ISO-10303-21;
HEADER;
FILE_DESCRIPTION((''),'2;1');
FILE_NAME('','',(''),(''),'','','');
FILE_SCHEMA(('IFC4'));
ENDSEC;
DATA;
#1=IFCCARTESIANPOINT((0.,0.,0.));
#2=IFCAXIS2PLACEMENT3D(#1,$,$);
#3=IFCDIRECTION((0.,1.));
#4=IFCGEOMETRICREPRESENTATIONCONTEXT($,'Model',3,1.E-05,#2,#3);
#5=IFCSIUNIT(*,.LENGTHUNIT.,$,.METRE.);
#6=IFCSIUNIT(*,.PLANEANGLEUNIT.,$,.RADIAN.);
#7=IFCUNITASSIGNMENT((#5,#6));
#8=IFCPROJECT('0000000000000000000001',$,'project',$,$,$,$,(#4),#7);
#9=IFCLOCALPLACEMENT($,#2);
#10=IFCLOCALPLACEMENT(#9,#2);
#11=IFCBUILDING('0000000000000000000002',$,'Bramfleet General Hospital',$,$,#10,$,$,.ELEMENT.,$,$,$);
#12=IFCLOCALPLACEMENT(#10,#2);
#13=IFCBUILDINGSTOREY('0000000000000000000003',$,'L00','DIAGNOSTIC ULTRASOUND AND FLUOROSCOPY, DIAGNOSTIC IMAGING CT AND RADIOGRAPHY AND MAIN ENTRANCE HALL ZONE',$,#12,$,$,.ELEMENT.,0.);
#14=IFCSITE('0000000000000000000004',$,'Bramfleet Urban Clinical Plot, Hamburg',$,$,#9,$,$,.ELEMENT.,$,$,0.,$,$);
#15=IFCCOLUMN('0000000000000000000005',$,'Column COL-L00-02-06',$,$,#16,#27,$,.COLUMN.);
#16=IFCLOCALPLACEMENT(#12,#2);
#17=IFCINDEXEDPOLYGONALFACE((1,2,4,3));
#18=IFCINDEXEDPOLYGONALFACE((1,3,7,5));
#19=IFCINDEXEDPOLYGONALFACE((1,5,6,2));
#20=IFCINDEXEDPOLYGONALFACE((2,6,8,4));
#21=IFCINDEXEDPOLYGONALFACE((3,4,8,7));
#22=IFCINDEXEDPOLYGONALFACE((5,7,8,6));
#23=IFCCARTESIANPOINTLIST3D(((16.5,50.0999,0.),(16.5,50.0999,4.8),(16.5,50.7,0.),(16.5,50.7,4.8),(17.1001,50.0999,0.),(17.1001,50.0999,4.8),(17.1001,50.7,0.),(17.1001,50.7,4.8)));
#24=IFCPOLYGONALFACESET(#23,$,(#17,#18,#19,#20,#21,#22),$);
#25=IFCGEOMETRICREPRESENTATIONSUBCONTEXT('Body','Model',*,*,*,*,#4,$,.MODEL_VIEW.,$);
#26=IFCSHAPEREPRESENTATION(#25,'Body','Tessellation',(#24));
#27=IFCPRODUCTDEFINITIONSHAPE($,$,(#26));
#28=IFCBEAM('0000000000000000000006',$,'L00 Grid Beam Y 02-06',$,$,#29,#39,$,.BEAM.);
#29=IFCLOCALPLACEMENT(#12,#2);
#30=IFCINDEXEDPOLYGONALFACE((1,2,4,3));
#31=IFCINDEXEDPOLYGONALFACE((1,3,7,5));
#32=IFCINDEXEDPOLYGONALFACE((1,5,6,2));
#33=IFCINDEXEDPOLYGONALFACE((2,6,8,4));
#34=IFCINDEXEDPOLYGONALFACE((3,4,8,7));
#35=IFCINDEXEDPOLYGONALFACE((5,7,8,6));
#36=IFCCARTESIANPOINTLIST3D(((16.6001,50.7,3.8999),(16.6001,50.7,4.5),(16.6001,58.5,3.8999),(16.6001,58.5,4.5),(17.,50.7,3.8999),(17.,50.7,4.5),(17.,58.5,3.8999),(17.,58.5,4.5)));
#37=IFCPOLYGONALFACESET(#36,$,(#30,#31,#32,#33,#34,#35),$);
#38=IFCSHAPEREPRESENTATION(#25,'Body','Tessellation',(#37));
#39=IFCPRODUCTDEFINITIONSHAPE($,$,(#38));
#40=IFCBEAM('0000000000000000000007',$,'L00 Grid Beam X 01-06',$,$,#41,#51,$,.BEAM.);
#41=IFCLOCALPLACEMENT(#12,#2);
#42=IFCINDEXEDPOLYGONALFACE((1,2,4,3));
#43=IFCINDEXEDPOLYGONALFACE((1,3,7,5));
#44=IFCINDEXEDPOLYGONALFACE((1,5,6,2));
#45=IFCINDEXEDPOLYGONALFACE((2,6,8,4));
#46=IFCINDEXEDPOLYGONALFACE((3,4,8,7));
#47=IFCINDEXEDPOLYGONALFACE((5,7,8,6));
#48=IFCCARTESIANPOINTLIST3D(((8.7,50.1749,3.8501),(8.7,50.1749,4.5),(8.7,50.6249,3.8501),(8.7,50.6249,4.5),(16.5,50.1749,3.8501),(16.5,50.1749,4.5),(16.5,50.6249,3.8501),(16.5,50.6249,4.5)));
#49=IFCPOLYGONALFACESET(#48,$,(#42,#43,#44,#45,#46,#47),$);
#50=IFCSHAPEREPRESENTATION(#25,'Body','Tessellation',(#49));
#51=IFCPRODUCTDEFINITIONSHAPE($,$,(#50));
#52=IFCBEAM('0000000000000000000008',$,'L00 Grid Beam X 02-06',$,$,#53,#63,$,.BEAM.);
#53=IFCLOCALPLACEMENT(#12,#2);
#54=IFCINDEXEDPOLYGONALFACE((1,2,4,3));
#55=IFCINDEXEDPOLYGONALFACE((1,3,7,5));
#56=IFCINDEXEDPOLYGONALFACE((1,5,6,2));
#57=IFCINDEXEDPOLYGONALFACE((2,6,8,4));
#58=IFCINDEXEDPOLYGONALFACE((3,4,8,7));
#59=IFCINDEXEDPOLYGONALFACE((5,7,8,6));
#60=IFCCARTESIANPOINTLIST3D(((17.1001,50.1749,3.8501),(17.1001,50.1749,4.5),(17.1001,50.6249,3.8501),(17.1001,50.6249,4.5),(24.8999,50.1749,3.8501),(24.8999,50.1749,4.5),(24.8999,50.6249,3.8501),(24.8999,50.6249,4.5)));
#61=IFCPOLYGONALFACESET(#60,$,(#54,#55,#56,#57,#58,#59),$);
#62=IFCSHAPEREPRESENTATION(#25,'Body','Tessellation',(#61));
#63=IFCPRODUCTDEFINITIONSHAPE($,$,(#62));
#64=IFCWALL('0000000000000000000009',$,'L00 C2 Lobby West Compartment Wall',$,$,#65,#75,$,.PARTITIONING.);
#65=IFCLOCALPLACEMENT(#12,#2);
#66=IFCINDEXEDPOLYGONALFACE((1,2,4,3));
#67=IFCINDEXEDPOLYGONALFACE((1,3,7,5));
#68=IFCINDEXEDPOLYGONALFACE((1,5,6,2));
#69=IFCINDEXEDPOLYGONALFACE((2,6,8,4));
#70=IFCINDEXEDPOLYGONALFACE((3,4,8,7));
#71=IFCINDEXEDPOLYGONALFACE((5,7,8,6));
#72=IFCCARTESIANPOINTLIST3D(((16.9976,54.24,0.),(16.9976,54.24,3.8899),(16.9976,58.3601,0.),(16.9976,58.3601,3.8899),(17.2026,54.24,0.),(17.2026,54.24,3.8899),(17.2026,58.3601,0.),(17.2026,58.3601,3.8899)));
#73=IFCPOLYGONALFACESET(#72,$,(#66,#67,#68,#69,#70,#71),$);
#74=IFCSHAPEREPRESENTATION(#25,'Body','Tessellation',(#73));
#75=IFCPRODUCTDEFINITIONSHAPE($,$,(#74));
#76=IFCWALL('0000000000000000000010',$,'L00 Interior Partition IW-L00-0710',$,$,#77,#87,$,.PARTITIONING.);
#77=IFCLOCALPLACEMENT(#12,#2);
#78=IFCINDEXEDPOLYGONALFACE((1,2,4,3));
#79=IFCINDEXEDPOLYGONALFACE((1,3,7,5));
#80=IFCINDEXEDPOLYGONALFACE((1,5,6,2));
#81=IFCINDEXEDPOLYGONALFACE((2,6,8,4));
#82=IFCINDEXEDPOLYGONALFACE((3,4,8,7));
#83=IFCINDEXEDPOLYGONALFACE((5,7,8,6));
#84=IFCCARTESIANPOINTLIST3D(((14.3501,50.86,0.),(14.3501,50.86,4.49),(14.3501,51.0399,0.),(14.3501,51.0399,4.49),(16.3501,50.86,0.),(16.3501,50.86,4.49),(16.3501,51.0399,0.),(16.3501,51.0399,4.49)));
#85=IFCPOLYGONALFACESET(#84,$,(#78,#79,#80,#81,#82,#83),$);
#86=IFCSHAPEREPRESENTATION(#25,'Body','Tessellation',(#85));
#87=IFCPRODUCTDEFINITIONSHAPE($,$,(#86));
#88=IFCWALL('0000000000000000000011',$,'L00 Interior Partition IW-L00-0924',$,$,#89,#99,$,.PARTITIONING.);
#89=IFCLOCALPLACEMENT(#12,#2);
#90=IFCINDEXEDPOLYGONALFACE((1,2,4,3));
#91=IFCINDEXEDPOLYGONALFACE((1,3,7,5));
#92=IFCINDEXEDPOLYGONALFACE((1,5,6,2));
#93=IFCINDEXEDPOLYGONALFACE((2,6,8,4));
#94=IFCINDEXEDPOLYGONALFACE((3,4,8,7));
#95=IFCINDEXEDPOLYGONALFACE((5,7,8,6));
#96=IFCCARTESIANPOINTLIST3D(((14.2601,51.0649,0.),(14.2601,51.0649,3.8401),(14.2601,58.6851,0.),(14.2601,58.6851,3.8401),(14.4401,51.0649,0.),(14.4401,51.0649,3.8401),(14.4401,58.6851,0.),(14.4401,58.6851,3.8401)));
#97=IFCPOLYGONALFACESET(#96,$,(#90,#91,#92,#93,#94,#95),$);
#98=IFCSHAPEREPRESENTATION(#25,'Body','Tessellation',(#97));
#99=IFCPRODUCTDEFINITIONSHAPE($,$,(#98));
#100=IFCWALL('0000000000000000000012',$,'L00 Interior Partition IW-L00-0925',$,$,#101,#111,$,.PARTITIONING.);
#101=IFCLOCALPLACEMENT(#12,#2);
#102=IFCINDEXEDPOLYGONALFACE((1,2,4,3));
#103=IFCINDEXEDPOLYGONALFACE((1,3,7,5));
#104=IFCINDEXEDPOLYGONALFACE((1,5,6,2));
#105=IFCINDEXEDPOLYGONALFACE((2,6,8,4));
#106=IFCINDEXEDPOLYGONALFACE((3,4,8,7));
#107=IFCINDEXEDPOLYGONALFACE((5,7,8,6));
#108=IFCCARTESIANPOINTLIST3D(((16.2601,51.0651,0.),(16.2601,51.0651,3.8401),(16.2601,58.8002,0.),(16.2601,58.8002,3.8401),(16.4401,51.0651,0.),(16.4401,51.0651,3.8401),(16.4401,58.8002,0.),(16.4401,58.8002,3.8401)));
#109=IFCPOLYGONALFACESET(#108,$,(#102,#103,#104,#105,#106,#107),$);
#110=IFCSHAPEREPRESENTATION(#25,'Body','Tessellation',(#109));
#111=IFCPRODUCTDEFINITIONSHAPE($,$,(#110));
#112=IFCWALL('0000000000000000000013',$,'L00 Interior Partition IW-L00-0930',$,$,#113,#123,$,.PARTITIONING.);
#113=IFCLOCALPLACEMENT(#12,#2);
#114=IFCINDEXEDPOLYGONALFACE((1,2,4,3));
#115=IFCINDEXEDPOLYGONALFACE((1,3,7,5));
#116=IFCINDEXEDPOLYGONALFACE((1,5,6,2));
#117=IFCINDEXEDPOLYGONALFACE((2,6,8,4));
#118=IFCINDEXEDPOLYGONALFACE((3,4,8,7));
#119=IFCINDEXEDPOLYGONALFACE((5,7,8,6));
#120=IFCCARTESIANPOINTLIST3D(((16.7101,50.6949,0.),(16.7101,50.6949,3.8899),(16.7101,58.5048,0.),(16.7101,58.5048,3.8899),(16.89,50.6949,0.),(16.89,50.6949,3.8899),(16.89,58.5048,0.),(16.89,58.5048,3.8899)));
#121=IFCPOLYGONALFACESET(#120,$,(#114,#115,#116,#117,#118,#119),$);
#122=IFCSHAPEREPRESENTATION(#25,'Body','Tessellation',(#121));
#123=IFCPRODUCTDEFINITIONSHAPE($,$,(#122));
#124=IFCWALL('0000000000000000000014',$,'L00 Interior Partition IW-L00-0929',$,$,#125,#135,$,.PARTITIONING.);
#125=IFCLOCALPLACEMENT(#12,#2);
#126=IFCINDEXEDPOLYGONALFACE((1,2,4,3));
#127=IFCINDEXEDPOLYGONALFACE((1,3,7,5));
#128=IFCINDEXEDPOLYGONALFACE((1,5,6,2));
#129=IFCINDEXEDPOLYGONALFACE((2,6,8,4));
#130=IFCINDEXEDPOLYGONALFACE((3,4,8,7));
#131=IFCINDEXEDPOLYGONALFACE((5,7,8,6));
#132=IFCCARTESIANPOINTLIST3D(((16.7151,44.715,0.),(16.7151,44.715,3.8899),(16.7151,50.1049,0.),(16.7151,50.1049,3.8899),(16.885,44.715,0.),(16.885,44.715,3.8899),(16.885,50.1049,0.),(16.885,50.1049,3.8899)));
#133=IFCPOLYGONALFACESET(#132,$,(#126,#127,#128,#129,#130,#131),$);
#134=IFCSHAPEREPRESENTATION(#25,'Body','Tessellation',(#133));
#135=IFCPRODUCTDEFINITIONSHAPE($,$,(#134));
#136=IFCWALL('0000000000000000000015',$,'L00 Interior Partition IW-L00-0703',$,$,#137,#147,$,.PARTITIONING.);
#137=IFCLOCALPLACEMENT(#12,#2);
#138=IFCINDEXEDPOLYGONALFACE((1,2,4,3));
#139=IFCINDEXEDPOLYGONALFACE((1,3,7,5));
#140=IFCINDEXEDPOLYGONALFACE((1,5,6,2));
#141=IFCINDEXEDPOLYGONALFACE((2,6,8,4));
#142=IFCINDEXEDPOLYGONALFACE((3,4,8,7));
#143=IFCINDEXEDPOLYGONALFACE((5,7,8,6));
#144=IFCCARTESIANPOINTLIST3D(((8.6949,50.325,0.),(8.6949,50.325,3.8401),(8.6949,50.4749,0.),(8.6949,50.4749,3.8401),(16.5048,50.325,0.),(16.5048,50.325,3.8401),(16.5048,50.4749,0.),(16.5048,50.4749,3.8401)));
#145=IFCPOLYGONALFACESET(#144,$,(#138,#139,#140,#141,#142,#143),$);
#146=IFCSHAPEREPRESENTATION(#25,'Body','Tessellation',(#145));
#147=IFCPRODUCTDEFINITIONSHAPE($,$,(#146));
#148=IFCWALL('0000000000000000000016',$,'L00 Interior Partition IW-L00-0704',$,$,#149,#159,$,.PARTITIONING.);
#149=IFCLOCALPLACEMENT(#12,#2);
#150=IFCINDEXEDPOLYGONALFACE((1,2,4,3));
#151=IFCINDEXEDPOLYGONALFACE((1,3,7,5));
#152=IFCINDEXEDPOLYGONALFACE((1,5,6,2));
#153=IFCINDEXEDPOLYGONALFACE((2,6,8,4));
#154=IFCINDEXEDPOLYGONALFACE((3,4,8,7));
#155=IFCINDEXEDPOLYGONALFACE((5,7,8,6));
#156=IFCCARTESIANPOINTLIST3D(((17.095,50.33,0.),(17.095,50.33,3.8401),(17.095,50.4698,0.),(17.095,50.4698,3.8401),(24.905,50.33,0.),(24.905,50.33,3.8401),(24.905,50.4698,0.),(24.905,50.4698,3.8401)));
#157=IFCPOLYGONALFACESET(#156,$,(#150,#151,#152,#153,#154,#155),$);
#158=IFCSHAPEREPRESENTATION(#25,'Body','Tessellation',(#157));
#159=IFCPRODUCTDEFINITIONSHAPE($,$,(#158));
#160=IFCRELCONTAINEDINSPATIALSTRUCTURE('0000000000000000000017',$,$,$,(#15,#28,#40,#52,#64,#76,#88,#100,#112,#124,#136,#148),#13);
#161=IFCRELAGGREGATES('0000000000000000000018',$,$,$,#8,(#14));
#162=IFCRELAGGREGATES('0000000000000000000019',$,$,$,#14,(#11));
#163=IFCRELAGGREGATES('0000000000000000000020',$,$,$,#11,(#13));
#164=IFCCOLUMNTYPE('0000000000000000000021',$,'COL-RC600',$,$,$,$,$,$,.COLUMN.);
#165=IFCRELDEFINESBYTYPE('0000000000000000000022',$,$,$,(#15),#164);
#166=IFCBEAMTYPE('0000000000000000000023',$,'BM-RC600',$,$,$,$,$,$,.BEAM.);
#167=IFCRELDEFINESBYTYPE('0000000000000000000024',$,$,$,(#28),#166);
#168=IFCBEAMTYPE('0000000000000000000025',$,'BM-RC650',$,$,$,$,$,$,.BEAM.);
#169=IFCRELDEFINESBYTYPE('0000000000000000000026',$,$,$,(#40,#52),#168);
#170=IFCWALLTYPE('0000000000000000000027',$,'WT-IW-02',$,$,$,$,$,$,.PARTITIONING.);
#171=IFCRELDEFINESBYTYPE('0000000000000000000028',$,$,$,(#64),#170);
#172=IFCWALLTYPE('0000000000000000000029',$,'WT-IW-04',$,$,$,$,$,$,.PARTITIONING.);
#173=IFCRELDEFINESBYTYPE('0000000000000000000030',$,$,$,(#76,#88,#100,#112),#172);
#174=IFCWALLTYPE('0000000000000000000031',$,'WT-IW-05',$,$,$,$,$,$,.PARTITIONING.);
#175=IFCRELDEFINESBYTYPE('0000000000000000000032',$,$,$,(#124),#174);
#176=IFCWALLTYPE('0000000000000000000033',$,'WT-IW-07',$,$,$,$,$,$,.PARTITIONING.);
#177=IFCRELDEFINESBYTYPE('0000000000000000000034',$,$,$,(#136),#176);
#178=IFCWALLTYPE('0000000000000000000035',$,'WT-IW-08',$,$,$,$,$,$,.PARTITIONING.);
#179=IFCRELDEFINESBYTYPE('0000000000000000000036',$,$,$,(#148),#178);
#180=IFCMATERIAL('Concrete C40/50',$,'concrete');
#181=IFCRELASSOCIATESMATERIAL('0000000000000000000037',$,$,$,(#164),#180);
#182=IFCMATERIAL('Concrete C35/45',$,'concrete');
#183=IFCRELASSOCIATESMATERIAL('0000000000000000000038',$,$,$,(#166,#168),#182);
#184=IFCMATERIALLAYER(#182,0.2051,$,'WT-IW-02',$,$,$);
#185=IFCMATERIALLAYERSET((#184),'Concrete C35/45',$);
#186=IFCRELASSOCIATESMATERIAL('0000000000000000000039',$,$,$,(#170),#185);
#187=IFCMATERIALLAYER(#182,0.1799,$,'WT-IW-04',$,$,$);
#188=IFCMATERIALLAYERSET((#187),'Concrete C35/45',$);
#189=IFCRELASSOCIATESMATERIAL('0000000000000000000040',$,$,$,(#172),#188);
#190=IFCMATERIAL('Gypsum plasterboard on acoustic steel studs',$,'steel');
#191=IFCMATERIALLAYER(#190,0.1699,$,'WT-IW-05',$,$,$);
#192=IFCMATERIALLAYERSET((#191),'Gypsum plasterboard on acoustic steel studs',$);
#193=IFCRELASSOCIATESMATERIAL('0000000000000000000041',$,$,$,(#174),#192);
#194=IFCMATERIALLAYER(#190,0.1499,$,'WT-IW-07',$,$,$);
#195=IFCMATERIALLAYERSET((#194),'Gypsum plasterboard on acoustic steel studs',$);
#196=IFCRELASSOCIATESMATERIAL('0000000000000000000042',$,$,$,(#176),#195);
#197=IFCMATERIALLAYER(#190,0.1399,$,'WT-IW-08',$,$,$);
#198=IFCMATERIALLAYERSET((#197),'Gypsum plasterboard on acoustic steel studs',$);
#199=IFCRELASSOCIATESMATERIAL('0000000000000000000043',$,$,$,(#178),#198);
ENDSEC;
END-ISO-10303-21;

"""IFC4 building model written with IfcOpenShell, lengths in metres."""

from ifc_helpers import new_model, si_unit, direction, frame, frame_2d, origin, origin_2d, place, context, subcontext, project, spatial, rectangle, extrude, material, layer, layer_set, material_profile, profile_set, type_object, element, save


model = new_model("IFC4")

# Units and contexts
model_context = context("Model", 3, precision=1e-05, world=origin(), true_north=direction((0.0, 1.0)))
body_context = subcontext(model_context, "Body", "Model", "MODEL_VIEW")
ifc_project = project(units=[si_unit("LENGTHUNIT", "METRE"), si_unit("PLANEANGLEUNIT", "RADIAN")], contexts=[model_context])

# Site, building, storey
site_placement = place(None, origin())
site = spatial("IfcSite", under=ifc_project, at=site_placement, Name="Bramfleet Urban Clinical Plot, Hamburg", CompositionType="ELEMENT", RefElevation=0.0)
building_placement = place(site_placement, origin())
building = spatial("IfcBuilding", under=site, at=building_placement, Name="Bramfleet General Hospital", CompositionType="ELEMENT")
storey_placement = place(building_placement, origin())
storey = spatial("IfcBuildingStorey", under=building, at=storey_placement, Name="L00", Description="DIAGNOSTIC ULTRASOUND AND FLUOROSCOPY, DIAGNOSTIC IMAGING CT AND RADIOGRAPHY AND MAIN ENTRANCE HALL ZONE", CompositionType="ELEMENT", Elevation=0.0)

# Column
ifc_material_1 = material(Name="Concrete C40/50", Category="concrete")
ifc_material_profile_1 = material_profile(ifc_material_1, rectangle(XDim=0.6001, YDim=0.6001, at=origin_2d()), Name="RC COL 600x600")
ifc_profile_set_1 = profile_set([ifc_material_profile_1], Name="Concrete C40/50")
column_type = type_object("IfcColumnType", Name="COL-RC600", PredefinedType="COLUMN", material=ifc_profile_set_1)
column_placement = place(storey_placement, frame((16.8, 50.3999, 0.0), z_axis=(0.0, 0.0, 1.0), x_axis=(1.0, 0.0, 0.0)))
element("IfcColumn", 1, at=column_placement, inside=storey, type_object=column_type, Name="Column COL-L00-02-06", PredefinedType="COLUMN", context=body_context, shape_type="SweptSolid", body=[
    extrude(rectangle(XDim=0.6001, YDim=0.6001, at=origin_2d()), origin(), (0.0, 0.0, 1.0), 4.8),
])

# Beams
ifc_material_2 = material(Name="Concrete C35/45", Category="concrete")
ifc_material_profile_2 = material_profile(ifc_material_2, rectangle(XDim=0.3999, YDim=0.6001, at=origin_2d()), Name="RC BM 600x400")
ifc_profile_set_2 = profile_set([ifc_material_profile_2], Name="Concrete C35/45")
beam_type_1 = type_object("IfcBeamType", Name="BM-RC600", PredefinedType="BEAM", material=ifc_profile_set_2)
beam_1_placement = place(storey_placement, frame((16.8, 50.7, 4.2), z_axis=(0.0, 1.0, 0.0), x_axis=(-1.0, 0.0, 0.0)))
element("IfcBeam", 2, at=beam_1_placement, inside=storey, type_object=beam_type_1, Name="L00 Grid Beam Y 02-06", PredefinedType="BEAM", context=body_context, shape_type="SweptSolid", body=[
    extrude(rectangle(XDim=0.3999, YDim=0.6001, at=origin_2d()), origin(), (0.0, 0.0, 1.0), 7.8),
])
ifc_material_profile_3 = material_profile(ifc_material_2, rectangle(XDim=0.45, YDim=0.6499, at=origin_2d()), Name="RC BM 650x450")
ifc_profile_set_3 = profile_set([ifc_material_profile_3], Name="Concrete C35/45")
beam_type_2 = type_object("IfcBeamType", Name="BM-RC650", PredefinedType="BEAM", material=ifc_profile_set_3)
beam_2_placement = place(storey_placement, frame((8.7, 50.3999, 4.175), z_axis=(1.0, 0.0, 0.0), x_axis=(0.0, 1.0, 0.0)))
element("IfcBeam", 3, at=beam_2_placement, inside=storey, type_object=beam_type_2, Name="L00 Grid Beam X 01-06", PredefinedType="BEAM", context=body_context, shape_type="SweptSolid", body=[
    extrude(rectangle(XDim=0.45, YDim=0.6499, at=origin_2d()), origin(), (0.0, 0.0, 1.0), 7.8),
])
beam_3_placement = place(storey_placement, frame((17.1001, 50.3999, 4.175), z_axis=(1.0, 0.0, 0.0), x_axis=(0.0, 1.0, 0.0)))
element("IfcBeam", 4, at=beam_3_placement, inside=storey, type_object=beam_type_2, Name="L00 Grid Beam X 02-06", PredefinedType="BEAM", context=body_context, shape_type="SweptSolid", body=[
    extrude(rectangle(XDim=0.45, YDim=0.6499, at=origin_2d()), origin(), (0.0, 0.0, 1.0), 7.7998),
])

# Walls
ifc_layer_1 = layer(ifc_material_2, 0.2051, Name="WT-IW-02")
ifc_layer_set_1 = layer_set([ifc_layer_1], Name="Concrete C35/45")
wall_type_1 = type_object("IfcWallType", Name="WT-IW-02", PredefinedType="PARTITIONING", material=ifc_layer_set_1)
wall_1_placement = place(storey_placement, frame((17.1001, 54.24, 0.0), z_axis=(0.0, 0.0, 1.0), x_axis=(0.0, 1.0, 0.0)))
element("IfcWall", 5, at=wall_1_placement, inside=storey, type_object=wall_type_1, Name="L00 C2 Lobby West Compartment Wall", PredefinedType="PARTITIONING", context=body_context, shape_type="SweptSolid", body=[
    extrude(rectangle(XDim=4.1201, YDim=0.2051, at=frame_2d((2.0601, 0.0))), origin(), (0.0, 0.0, 1.0), 3.8899),
])
ifc_layer_2 = layer(ifc_material_2, 0.1799, Name="WT-IW-04")
ifc_layer_set_2 = layer_set([ifc_layer_2], Name="Concrete C35/45")
wall_type_2 = type_object("IfcWallType", Name="WT-IW-04", PredefinedType="PARTITIONING", material=ifc_layer_set_2)
wall_2_placement = place(storey_placement, frame((14.3501, 50.95, 0.0), z_axis=(0.0, 0.0, 1.0), x_axis=(1.0, 0.0, 0.0)))
element("IfcWall", 6, at=wall_2_placement, inside=storey, type_object=wall_type_2, Name="L00 Interior Partition IW-L00-0710", PredefinedType="PARTITIONING", context=body_context, shape_type="SweptSolid", body=[
    extrude(rectangle(XDim=2.0, YDim=0.1799, at=frame_2d((1.0, 0.0))), origin(), (0.0, 0.0, 1.0), 4.49),
])
wall_3_placement = place(storey_placement, frame((14.3501, 51.0649, 0.0), z_axis=(0.0, 0.0, 1.0), x_axis=(0.0, 1.0, 0.0)))
element("IfcWall", 7, at=wall_3_placement, inside=storey, type_object=wall_type_2, Name="L00 Interior Partition IW-L00-0924", PredefinedType="PARTITIONING", context=body_context, shape_type="SweptSolid", body=[
    extrude(rectangle(XDim=7.6201, YDim=0.1799, at=frame_2d((3.8101, 0.0))), origin(), (0.0, 0.0, 1.0), 3.8401),
])
wall_4_placement = place(storey_placement, frame((16.3501, 51.0649, 0.0), z_axis=(0.0, 0.0, 1.0), x_axis=(0.0, 1.0, 0.0)))
element("IfcWall", 8, at=wall_4_placement, inside=storey, type_object=wall_type_2, Name="L00 Interior Partition IW-L00-0925", PredefinedType="PARTITIONING", context=body_context, shape_type="SweptSolid", body=[
    extrude(rectangle(XDim=7.7351, YDim=0.1799, at=frame_2d((3.8677, 0.0))), origin(), (0.0, 0.0, 1.0), 3.8401),
])
wall_5_placement = place(storey_placement, frame((16.8, 50.6951, 0.0), z_axis=(0.0, 0.0, 1.0), x_axis=(0.0, 1.0, 0.0)))
element("IfcWall", 9, at=wall_5_placement, inside=storey, type_object=wall_type_2, Name="L00 Interior Partition IW-L00-0930", PredefinedType="PARTITIONING", context=body_context, shape_type="SweptSolid", body=[
    extrude(rectangle(XDim=7.8098, YDim=0.1799, at=frame_2d((3.9048, 0.0))), origin(), (0.0, 0.0, 1.0), 3.8899),
])
ifc_material_3 = material(Name="Gypsum plasterboard on acoustic steel studs", Category="steel")
ifc_layer_3 = layer(ifc_material_3, 0.1699, Name="WT-IW-05")
ifc_layer_set_3 = layer_set([ifc_layer_3], Name="Gypsum plasterboard on acoustic steel studs")
wall_type_3 = type_object("IfcWallType", Name="WT-IW-05", PredefinedType="PARTITIONING", material=ifc_layer_set_3)
wall_6_placement = place(storey_placement, frame((16.8, 44.7151, 0.0), z_axis=(0.0, 0.0, 1.0), x_axis=(0.0, 1.0, 0.0)))
element("IfcWall", 10, at=wall_6_placement, inside=storey, type_object=wall_type_3, Name="L00 Interior Partition IW-L00-0929", PredefinedType="PARTITIONING", context=body_context, shape_type="SweptSolid", body=[
    extrude(rectangle(XDim=5.3899, YDim=0.1699, at=frame_2d((2.6948, 0.0))), origin(), (0.0, 0.0, 1.0), 3.8899),
])
ifc_layer_4 = layer(ifc_material_3, 0.1499, Name="WT-IW-07")
ifc_layer_set_4 = layer_set([ifc_layer_4], Name="Gypsum plasterboard on acoustic steel studs")
wall_type_4 = type_object("IfcWallType", Name="WT-IW-07", PredefinedType="PARTITIONING", material=ifc_layer_set_4)
wall_7_placement = place(storey_placement, frame((8.6951, 50.3999, 0.0), z_axis=(0.0, 0.0, 1.0), x_axis=(1.0, 0.0, 0.0)))
element("IfcWall", 11, at=wall_7_placement, inside=storey, type_object=wall_type_4, Name="L00 Interior Partition IW-L00-0703", PredefinedType="PARTITIONING", context=body_context, shape_type="SweptSolid", body=[
    extrude(rectangle(XDim=7.8098, YDim=0.1499, at=frame_2d((3.9048, 0.0))), origin(), (0.0, 0.0, 1.0), 3.8401),
])
ifc_layer_5 = layer(ifc_material_3, 0.1399, Name="WT-IW-08")
ifc_layer_set_5 = layer_set([ifc_layer_5], Name="Gypsum plasterboard on acoustic steel studs")
wall_type_5 = type_object("IfcWallType", Name="WT-IW-08", PredefinedType="PARTITIONING", material=ifc_layer_set_5)
wall_8_placement = place(storey_placement, frame((17.095, 50.3999, 0.0), z_axis=(0.0, 0.0, 1.0), x_axis=(1.0, 0.0, 0.0)))
element("IfcWall", 12, at=wall_8_placement, inside=storey, type_object=wall_type_5, Name="L00 Interior Partition IW-L00-0704", PredefinedType="PARTITIONING", context=body_context, shape_type="SweptSolid", body=[
    extrude(rectangle(XDim=7.8101, YDim=0.1399, at=frame_2d((3.905, 0.0))), origin(), (0.0, 0.0, 1.0), 3.8401),
])

save(model, "model.ifc")
